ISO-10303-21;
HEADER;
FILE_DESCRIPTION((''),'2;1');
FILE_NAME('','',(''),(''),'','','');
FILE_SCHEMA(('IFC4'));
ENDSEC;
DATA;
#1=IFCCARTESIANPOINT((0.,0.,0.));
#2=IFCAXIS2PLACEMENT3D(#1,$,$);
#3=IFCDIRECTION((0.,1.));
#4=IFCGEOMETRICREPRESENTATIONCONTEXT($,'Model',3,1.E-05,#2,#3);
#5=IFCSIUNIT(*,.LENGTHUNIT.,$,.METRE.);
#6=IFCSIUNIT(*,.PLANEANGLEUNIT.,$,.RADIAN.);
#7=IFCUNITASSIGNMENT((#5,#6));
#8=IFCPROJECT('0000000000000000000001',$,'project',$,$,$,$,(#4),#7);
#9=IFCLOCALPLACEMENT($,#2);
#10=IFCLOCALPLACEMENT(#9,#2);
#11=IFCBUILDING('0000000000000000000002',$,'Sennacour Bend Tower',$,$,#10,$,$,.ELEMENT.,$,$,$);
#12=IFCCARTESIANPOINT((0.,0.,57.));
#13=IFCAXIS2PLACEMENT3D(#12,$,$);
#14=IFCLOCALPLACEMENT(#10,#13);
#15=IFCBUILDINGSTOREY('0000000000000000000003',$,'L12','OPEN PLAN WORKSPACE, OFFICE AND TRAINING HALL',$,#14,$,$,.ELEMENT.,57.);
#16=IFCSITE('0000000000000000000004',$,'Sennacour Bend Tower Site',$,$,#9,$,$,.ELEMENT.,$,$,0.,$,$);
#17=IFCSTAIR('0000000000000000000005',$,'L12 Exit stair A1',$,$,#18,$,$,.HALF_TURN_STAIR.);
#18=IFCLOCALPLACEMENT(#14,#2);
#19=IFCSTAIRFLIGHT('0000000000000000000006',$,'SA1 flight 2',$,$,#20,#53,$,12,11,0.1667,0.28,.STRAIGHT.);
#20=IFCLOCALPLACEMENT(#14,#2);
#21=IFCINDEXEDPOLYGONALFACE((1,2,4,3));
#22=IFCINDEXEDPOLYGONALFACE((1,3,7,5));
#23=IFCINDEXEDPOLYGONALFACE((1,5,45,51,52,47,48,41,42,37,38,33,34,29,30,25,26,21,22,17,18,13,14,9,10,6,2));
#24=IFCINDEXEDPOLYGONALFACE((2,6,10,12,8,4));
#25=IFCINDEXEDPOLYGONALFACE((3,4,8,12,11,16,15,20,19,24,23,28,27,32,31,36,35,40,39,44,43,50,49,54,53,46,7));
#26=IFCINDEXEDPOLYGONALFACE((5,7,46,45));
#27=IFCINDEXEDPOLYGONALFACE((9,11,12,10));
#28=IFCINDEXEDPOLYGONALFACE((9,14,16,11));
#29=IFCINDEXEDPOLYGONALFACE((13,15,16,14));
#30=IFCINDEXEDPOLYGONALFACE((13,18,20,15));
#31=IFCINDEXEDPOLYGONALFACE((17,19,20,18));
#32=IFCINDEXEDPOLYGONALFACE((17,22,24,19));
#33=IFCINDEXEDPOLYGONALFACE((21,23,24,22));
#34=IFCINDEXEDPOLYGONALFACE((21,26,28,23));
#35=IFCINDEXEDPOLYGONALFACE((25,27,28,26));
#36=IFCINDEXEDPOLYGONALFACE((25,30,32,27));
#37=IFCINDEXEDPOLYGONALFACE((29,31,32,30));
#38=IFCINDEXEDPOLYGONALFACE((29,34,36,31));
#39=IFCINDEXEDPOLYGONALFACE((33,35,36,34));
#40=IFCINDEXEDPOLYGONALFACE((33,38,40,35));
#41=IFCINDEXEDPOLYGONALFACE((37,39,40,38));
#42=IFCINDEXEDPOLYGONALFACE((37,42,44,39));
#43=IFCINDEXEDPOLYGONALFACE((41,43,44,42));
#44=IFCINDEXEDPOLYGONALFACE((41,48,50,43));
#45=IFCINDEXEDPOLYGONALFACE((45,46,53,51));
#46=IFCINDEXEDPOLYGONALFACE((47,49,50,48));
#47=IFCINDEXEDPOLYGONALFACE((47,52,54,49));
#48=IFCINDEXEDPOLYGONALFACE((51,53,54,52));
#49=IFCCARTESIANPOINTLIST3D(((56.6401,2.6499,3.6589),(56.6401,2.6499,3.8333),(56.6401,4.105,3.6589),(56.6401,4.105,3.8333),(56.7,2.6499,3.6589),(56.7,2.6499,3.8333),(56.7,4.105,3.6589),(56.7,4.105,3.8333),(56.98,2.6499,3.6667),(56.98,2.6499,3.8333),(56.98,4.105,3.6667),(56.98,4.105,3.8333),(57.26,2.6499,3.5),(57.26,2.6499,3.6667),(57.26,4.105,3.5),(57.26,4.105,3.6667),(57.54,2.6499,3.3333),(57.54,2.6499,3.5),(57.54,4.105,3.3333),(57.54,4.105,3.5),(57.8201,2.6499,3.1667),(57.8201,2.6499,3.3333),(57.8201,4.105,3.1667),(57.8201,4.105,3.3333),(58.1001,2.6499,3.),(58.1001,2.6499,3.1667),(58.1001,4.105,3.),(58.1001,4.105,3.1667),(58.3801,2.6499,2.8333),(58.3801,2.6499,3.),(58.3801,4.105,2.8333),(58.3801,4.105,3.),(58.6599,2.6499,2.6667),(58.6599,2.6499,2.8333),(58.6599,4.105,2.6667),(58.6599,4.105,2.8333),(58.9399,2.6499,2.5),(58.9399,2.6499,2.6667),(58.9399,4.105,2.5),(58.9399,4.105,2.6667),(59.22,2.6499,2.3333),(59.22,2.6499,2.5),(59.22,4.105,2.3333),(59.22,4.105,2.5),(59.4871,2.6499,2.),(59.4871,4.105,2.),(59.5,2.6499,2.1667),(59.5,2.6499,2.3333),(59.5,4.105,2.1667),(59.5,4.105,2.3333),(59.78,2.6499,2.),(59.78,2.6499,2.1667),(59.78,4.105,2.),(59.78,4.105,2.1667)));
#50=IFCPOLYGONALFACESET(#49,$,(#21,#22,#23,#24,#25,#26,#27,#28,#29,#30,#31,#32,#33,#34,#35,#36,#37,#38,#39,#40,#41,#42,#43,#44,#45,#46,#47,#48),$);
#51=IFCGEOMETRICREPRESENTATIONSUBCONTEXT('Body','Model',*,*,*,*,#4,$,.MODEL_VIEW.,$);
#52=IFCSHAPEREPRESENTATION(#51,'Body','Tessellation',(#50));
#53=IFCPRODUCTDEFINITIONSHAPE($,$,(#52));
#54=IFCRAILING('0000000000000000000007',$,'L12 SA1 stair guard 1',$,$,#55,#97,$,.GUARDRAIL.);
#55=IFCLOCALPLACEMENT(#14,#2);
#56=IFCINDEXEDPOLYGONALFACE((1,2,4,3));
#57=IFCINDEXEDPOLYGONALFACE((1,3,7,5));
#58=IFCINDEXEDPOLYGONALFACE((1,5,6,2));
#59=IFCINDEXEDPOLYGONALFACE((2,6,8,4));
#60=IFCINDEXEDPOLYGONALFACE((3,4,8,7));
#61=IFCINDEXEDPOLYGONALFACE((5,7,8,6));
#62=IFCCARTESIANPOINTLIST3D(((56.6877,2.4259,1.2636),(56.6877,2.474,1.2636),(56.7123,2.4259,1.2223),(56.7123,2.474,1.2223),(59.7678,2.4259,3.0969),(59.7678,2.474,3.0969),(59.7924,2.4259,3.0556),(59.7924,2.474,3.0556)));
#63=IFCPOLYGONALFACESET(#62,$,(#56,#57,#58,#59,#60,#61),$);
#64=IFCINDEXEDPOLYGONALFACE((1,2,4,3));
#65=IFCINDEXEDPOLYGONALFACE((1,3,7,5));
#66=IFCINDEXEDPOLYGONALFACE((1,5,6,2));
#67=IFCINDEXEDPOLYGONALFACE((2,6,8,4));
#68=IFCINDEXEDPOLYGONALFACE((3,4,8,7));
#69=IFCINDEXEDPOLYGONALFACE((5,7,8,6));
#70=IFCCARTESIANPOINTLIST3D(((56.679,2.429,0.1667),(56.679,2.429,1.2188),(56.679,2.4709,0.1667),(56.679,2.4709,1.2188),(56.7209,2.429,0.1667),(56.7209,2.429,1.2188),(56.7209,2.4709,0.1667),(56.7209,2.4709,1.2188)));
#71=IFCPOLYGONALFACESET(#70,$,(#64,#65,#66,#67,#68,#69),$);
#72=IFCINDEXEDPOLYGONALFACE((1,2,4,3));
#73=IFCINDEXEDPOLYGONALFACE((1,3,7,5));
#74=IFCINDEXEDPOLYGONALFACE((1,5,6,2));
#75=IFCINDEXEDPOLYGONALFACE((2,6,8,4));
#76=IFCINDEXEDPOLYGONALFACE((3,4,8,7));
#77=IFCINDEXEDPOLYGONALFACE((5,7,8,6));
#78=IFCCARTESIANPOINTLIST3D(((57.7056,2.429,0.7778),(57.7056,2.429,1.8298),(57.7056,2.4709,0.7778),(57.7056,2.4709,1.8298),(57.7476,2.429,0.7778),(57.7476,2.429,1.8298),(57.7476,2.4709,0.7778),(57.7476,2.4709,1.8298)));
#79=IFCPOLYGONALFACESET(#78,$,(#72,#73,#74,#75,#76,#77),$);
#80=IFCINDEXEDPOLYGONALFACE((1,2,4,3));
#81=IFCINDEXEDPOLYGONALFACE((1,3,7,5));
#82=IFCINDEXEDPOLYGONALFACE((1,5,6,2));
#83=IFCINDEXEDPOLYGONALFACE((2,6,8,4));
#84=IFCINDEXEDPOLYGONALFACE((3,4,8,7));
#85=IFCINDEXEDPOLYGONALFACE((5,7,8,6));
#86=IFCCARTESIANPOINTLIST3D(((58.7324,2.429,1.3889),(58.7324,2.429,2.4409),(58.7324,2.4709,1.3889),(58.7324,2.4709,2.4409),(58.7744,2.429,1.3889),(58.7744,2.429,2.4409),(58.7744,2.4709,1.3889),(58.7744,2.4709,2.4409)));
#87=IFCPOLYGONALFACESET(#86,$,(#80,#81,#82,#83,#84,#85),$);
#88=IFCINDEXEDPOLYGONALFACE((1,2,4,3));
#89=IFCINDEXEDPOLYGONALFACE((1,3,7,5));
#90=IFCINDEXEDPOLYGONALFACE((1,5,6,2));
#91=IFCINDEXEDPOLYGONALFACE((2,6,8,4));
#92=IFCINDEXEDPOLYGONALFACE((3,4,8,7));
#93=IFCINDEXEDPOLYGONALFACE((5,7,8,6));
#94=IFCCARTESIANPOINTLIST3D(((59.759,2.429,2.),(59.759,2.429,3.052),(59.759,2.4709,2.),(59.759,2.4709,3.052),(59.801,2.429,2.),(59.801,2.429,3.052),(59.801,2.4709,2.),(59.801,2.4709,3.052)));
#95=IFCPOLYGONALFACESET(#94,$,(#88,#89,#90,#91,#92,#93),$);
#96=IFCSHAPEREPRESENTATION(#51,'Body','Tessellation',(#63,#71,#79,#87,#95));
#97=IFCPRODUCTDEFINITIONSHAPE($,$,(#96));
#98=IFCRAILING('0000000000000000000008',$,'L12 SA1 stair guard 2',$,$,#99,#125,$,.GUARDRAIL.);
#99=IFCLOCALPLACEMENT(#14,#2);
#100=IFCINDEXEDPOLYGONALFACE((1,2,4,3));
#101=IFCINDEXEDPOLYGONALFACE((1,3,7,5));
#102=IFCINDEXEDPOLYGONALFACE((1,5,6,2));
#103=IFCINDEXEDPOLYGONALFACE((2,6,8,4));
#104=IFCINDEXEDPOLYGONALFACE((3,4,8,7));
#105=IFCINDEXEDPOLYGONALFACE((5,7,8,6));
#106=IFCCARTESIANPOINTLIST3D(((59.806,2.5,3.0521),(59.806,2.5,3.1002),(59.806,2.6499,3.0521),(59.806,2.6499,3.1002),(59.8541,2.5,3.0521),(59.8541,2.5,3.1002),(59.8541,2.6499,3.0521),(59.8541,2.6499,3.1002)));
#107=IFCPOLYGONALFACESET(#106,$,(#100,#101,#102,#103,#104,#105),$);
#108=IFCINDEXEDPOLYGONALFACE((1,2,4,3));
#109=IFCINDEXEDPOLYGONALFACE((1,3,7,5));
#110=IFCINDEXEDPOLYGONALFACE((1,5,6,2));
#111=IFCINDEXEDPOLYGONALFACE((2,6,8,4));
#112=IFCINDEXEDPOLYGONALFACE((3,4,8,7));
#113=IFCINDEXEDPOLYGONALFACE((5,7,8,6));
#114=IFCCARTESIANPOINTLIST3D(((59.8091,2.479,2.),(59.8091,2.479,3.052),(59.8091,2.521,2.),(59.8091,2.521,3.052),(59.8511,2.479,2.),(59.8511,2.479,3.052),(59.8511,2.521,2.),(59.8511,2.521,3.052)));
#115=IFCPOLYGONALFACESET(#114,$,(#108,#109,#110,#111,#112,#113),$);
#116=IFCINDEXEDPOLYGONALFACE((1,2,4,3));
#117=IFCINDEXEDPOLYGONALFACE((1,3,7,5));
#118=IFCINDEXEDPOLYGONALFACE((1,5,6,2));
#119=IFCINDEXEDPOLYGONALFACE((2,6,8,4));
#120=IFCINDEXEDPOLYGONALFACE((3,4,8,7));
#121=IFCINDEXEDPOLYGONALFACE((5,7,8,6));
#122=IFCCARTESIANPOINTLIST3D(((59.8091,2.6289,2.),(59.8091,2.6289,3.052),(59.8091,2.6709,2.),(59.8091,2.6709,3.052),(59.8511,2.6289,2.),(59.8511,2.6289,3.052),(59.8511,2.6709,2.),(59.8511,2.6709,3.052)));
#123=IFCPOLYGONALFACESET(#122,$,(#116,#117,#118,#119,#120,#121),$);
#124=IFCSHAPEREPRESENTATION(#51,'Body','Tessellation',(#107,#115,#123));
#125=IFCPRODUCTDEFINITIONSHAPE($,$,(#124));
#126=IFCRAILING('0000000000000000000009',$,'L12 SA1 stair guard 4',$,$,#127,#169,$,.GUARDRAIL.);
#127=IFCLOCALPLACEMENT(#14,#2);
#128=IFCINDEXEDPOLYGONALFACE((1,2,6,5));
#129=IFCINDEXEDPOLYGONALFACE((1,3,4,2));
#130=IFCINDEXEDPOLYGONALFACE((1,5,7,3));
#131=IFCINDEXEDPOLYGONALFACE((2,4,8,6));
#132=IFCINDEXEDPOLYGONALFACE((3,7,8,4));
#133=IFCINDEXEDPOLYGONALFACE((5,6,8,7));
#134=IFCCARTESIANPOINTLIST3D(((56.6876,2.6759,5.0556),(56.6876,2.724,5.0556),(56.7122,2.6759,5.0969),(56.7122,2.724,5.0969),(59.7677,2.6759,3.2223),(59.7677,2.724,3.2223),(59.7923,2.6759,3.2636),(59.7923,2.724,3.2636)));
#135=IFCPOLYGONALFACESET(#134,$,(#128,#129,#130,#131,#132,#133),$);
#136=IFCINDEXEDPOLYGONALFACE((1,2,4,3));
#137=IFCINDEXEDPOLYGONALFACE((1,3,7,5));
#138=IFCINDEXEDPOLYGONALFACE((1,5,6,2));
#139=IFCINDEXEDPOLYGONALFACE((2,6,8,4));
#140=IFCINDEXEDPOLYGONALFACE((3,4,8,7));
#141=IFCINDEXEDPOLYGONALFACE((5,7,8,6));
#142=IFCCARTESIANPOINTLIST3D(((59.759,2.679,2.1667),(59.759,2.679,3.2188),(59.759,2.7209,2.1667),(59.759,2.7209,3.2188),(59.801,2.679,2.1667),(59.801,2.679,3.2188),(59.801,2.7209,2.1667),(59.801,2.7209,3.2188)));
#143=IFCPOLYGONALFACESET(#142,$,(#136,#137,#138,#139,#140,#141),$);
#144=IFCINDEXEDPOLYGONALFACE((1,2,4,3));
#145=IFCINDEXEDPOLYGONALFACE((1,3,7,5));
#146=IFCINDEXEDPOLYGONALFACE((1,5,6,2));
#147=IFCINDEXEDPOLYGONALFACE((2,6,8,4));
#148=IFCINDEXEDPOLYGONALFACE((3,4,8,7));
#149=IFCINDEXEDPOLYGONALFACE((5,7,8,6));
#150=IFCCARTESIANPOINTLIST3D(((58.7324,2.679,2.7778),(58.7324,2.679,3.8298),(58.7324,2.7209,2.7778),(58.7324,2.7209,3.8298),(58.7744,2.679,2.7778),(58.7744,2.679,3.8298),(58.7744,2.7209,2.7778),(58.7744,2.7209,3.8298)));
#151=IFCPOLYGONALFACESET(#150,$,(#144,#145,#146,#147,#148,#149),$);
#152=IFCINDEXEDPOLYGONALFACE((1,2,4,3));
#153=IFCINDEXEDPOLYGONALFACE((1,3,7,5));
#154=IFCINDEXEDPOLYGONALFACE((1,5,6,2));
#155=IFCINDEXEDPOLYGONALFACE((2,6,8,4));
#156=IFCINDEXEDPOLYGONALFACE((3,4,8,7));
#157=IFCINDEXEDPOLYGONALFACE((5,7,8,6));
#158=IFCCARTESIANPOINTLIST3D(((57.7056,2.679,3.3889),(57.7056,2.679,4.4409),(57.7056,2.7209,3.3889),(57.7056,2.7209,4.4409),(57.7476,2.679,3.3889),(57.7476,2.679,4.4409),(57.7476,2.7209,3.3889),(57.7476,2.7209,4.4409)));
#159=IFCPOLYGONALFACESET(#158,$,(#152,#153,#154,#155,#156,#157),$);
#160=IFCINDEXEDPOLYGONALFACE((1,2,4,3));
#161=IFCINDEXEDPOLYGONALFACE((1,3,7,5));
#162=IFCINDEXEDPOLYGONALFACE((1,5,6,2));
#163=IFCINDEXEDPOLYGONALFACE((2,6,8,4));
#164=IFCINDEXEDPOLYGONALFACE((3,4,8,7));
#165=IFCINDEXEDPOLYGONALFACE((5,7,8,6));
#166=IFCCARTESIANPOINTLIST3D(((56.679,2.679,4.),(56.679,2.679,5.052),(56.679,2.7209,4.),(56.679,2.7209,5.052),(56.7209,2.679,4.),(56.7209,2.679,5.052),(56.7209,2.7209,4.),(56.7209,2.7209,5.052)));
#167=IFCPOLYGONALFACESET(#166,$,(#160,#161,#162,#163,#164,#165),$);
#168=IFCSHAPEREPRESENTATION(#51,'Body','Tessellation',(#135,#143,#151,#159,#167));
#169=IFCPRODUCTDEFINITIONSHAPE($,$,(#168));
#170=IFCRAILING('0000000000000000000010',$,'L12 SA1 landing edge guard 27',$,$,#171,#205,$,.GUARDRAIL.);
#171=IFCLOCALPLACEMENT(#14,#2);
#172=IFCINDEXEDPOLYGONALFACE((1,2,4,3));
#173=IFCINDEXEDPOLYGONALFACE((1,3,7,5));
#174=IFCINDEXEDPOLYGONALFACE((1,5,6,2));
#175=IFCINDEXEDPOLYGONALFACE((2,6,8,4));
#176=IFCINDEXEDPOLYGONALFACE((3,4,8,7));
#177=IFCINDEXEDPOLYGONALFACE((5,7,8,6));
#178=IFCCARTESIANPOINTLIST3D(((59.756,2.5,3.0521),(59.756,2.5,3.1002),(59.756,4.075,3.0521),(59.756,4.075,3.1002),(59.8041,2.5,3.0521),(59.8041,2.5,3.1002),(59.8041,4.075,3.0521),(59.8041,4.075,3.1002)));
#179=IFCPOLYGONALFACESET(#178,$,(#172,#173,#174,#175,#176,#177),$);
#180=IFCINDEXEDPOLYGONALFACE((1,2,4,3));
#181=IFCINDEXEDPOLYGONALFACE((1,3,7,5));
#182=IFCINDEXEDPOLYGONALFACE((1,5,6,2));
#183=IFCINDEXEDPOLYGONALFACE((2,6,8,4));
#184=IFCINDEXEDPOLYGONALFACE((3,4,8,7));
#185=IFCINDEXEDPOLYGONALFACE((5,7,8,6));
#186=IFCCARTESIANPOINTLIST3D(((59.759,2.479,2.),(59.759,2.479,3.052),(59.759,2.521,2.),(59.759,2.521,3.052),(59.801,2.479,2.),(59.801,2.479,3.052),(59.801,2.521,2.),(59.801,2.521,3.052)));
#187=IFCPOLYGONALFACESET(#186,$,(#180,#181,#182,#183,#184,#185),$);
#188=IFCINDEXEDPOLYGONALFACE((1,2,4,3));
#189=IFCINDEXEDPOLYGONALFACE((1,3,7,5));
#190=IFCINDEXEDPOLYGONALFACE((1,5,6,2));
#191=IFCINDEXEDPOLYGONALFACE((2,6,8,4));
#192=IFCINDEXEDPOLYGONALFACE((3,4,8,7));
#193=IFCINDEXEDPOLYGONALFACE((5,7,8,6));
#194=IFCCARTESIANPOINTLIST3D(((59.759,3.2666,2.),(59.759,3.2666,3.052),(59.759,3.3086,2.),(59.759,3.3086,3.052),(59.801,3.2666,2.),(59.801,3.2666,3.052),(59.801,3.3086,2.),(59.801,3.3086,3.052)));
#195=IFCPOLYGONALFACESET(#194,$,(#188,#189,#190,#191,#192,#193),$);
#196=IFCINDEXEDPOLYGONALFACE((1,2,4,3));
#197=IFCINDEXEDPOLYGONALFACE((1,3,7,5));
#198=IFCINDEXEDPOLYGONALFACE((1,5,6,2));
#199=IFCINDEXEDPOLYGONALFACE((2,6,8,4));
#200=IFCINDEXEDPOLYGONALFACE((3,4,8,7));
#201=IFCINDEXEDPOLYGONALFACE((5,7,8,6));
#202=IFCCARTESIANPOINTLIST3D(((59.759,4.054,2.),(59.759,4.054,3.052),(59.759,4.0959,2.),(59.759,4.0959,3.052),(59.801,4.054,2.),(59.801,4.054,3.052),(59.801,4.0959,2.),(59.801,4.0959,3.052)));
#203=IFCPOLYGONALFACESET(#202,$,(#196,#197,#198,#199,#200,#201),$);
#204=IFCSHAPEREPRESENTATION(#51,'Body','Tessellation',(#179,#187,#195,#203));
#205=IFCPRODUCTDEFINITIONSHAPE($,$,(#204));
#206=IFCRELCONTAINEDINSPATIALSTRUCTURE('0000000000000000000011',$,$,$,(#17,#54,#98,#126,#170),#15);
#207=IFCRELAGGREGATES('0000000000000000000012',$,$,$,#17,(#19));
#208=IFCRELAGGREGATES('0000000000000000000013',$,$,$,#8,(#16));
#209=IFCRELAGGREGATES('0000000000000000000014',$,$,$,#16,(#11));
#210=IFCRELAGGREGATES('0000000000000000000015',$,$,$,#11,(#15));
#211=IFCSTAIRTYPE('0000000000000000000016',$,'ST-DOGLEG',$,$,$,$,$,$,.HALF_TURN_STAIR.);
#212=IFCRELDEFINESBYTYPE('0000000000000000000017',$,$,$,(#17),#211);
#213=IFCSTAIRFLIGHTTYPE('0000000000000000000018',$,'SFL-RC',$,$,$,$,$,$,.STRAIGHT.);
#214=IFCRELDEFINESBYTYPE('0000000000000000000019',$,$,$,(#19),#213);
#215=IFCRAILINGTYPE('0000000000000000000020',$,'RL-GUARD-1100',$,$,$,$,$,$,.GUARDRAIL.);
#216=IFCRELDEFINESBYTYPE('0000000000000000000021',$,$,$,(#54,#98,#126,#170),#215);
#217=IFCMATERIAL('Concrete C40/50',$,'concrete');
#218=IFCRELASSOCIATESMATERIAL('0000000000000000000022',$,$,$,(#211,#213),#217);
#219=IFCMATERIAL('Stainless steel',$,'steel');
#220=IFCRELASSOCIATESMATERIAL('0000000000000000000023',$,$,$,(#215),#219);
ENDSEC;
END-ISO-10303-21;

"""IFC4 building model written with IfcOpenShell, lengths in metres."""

from ifc_helpers import new_model, si_unit, direction, frame, origin, origin_2d, place, context, subcontext, project, spatial, polyline, rectangle, outline, extrude, material, type_object, element, aggregate, save


model = new_model("IFC4")

# Units and contexts
model_context = context("Model", 3, precision=1e-05, world=origin(), true_north=direction((0.0, 1.0)))
body_context = subcontext(model_context, "Body", "Model", "MODEL_VIEW")
ifc_project = project(units=[si_unit("LENGTHUNIT", "METRE"), si_unit("PLANEANGLEUNIT", "RADIAN")], contexts=[model_context])

# Site, building, storey
site_placement = place(None, origin())
site = spatial("IfcSite", under=ifc_project, at=site_placement, Name="Sennacour Bend Tower Site", CompositionType="ELEMENT", RefElevation=0.0)
building_placement = place(site_placement, origin())
building = spatial("IfcBuilding", under=site, at=building_placement, Name="Sennacour Bend Tower", CompositionType="ELEMENT")
storey_placement = place(building_placement, frame((0.0, 0.0, 57.0)))
storey = spatial("IfcBuildingStorey", under=building, at=storey_placement, Name="L12", Description="OPEN PLAN WORKSPACE, OFFICE AND TRAINING HALL", CompositionType="ELEMENT", Elevation=57.0)

# Shared definitions
ifc_material_1 = material(Name="Stainless steel", Category="steel")

# Stair, stair flight
ifc_material_2 = material(Name="Concrete C40/50", Category="concrete")
stair_type = type_object("IfcStairType", Name="ST-DOGLEG", PredefinedType="HALF_TURN_STAIR", material=ifc_material_2)
stair_placement = place(storey_placement, origin())
stair = element("IfcStair", 1, at=stair_placement, inside=storey, type_object=stair_type, Name="L12 Exit stair A1", PredefinedType="HALF_TURN_STAIR")
stair_flight_type = type_object("IfcStairFlightType", Name="SFL-RC", PredefinedType="STRAIGHT", material=ifc_material_2)
stair_flight_1_placement = place(storey_placement, frame((59.78, 3.3774, 2.0), z_axis=(0.0, 0.0, 1.0), x_axis=(-1.0, 0.0, 0.0)))
stair_flight_1 = element("IfcStairFlight", 2, at=stair_flight_1_placement, type_object=stair_flight_type, Name="SA1 flight 2", NumberOfRisers=12, NumberOfTreads=11, PredefinedType="STRAIGHT", RiserHeight=0.1667, TreadLength=0.28, context=body_context, shape_type="SweptSolid", body=[
    extrude(outline(polyline([(0.0, 0.0), (0.0, 0.1667), (0.28, 0.1667), (0.28, 0.3333), (0.5601, 0.3333), (0.5601, 0.5), (0.8401, 0.5), (0.8401, 0.6667), (1.1201, 0.6667), (1.1201, 0.8333), (1.3999, 0.8333), (1.3999, 1.0), (1.6799, 1.0), (1.6799, 1.1667), (1.96, 1.1667), (1.96, 1.3333), (2.24, 1.3333), (2.24, 1.5), (2.52, 1.5), (2.52, 1.6667), (2.8, 1.6667), (2.8, 1.8333), (3.0801, 1.8333), (3.1399, 1.8333), (3.1399, 1.6589), (3.0801, 1.6589), (0.293, 0.0), (0.0, 0.0)])), frame((0.0, 0.7275, 0.0), z_axis=(0.0, -1.0, 0.0), x_axis=(1.0, 0.0, 0.0)), (0.0, 0.0, 1.0), 1.4551),
])
aggregate(stair, [stair_flight_1])

# Railings
railing_type_1 = type_object("IfcRailingType", Name="RL-GUARD-1100", PredefinedType="GUARDRAIL", material=ifc_material_1)
railing_1_placement = place(storey_placement, frame((56.7, 2.45, 0.1667)))
element("IfcRailing", 3, at=railing_1_placement, inside=storey, type_object=railing_type_1, Name="L12 SA1 stair guard 1", PredefinedType="GUARDRAIL", context=body_context, shape_type="SweptSolid", body=[
    extrude(rectangle(XDim=0.0481, YDim=0.0481, at=origin_2d()), frame((0.0, 0.0, 1.0762), z_axis=(0.859309, 0.0, 0.511458), x_axis=(0.0, 1.0, 0.0)), (0.0, 0.0, 1.0), 3.5845),
    extrude(rectangle(XDim=0.042, YDim=0.042, at=origin_2d()), origin(), (0.0, 0.0, 1.0), 1.052),
    extrude(rectangle(XDim=0.042, YDim=0.042, at=origin_2d()), frame((1.0266, 0.0, 0.6111)), (0.0, 0.0, 1.0), 1.052),
    extrude(rectangle(XDim=0.042, YDim=0.042, at=origin_2d()), frame((2.0535, 0.0, 1.2222)), (0.0, 0.0, 1.0), 1.052),
    extrude(rectangle(XDim=0.042, YDim=0.042, at=origin_2d()), frame((3.0801, 0.0, 1.8333)), (0.0, 0.0, 1.0), 1.052),
])
railing_2_placement = place(storey_placement, frame((59.8301, 2.5, 2.0)))
element("IfcRailing", 4, at=railing_2_placement, inside=storey, type_object=railing_type_1, Name="L12 SA1 stair guard 2", PredefinedType="GUARDRAIL", context=body_context, shape_type="SweptSolid", body=[
    extrude(rectangle(XDim=0.0481, YDim=0.0481, at=origin_2d()), frame((0.0, 0.0, 1.0762), z_axis=(0.0, 1.0, 0.0), x_axis=(-1.0, 0.0, 0.0)), (0.0, 0.0, 1.0), 0.1499),
    extrude(rectangle(XDim=0.042, YDim=0.042, at=origin_2d()), origin(), (0.0, 0.0, 1.0), 1.052),
    extrude(rectangle(XDim=0.042, YDim=0.042, at=origin_2d()), frame((0.0, 0.1499, 0.0)), (0.0, 0.0, 1.0), 1.052),
])
railing_3_placement = place(storey_placement, frame((59.78, 2.7, 2.1667)))
element("IfcRailing", 5, at=railing_3_placement, inside=storey, type_object=railing_type_1, Name="L12 SA1 stair guard 4", PredefinedType="GUARDRAIL", context=body_context, shape_type="SweptSolid", body=[
    extrude(rectangle(XDim=0.0481, YDim=0.0481, at=origin_2d()), frame((0.0, 0.0, 1.0762), z_axis=(-0.859309, 0.0, 0.511458), x_axis=(0.0, -1.0, 0.0)), (0.0, 0.0, 1.0), 3.5845),
    extrude(rectangle(XDim=0.042, YDim=0.042, at=origin_2d()), origin(), (0.0, 0.0, 1.0), 1.052),
    extrude(rectangle(XDim=0.042, YDim=0.042, at=origin_2d()), frame((-1.0266, 0.0, 0.6111)), (0.0, 0.0, 1.0), 1.052),
    extrude(rectangle(XDim=0.042, YDim=0.042, at=origin_2d()), frame((-2.0535, 0.0, 1.2222)), (0.0, 0.0, 1.0), 1.052),
    extrude(rectangle(XDim=0.042, YDim=0.042, at=origin_2d()), frame((-3.0801, 0.0, 1.8333)), (0.0, 0.0, 1.0), 1.052),
])
railing_4_placement = place(storey_placement, frame((59.78, 2.5, 2.0)))
element("IfcRailing", 6, at=railing_4_placement, inside=storey, type_object=railing_type_1, Name="L12 SA1 landing edge guard 27", PredefinedType="GUARDRAIL", context=body_context, shape_type="SweptSolid", body=[
    extrude(rectangle(XDim=0.0481, YDim=0.0481, at=origin_2d()), frame((0.0, 0.0, 1.0762), z_axis=(0.0, 1.0, 0.0), x_axis=(-1.0, 0.0, 0.0)), (0.0, 0.0, 1.0), 1.575),
    extrude(rectangle(XDim=0.042, YDim=0.042, at=origin_2d()), origin(), (0.0, 0.0, 1.0), 1.052),
    extrude(rectangle(XDim=0.042, YDim=0.042, at=origin_2d()), frame((0.0, 0.7876, 0.0)), (0.0, 0.0, 1.0), 1.052),
    extrude(rectangle(XDim=0.042, YDim=0.042, at=origin_2d()), frame((0.0, 1.575, 0.0)), (0.0, 0.0, 1.0), 1.052),
])

save(model, "model.ifc")
